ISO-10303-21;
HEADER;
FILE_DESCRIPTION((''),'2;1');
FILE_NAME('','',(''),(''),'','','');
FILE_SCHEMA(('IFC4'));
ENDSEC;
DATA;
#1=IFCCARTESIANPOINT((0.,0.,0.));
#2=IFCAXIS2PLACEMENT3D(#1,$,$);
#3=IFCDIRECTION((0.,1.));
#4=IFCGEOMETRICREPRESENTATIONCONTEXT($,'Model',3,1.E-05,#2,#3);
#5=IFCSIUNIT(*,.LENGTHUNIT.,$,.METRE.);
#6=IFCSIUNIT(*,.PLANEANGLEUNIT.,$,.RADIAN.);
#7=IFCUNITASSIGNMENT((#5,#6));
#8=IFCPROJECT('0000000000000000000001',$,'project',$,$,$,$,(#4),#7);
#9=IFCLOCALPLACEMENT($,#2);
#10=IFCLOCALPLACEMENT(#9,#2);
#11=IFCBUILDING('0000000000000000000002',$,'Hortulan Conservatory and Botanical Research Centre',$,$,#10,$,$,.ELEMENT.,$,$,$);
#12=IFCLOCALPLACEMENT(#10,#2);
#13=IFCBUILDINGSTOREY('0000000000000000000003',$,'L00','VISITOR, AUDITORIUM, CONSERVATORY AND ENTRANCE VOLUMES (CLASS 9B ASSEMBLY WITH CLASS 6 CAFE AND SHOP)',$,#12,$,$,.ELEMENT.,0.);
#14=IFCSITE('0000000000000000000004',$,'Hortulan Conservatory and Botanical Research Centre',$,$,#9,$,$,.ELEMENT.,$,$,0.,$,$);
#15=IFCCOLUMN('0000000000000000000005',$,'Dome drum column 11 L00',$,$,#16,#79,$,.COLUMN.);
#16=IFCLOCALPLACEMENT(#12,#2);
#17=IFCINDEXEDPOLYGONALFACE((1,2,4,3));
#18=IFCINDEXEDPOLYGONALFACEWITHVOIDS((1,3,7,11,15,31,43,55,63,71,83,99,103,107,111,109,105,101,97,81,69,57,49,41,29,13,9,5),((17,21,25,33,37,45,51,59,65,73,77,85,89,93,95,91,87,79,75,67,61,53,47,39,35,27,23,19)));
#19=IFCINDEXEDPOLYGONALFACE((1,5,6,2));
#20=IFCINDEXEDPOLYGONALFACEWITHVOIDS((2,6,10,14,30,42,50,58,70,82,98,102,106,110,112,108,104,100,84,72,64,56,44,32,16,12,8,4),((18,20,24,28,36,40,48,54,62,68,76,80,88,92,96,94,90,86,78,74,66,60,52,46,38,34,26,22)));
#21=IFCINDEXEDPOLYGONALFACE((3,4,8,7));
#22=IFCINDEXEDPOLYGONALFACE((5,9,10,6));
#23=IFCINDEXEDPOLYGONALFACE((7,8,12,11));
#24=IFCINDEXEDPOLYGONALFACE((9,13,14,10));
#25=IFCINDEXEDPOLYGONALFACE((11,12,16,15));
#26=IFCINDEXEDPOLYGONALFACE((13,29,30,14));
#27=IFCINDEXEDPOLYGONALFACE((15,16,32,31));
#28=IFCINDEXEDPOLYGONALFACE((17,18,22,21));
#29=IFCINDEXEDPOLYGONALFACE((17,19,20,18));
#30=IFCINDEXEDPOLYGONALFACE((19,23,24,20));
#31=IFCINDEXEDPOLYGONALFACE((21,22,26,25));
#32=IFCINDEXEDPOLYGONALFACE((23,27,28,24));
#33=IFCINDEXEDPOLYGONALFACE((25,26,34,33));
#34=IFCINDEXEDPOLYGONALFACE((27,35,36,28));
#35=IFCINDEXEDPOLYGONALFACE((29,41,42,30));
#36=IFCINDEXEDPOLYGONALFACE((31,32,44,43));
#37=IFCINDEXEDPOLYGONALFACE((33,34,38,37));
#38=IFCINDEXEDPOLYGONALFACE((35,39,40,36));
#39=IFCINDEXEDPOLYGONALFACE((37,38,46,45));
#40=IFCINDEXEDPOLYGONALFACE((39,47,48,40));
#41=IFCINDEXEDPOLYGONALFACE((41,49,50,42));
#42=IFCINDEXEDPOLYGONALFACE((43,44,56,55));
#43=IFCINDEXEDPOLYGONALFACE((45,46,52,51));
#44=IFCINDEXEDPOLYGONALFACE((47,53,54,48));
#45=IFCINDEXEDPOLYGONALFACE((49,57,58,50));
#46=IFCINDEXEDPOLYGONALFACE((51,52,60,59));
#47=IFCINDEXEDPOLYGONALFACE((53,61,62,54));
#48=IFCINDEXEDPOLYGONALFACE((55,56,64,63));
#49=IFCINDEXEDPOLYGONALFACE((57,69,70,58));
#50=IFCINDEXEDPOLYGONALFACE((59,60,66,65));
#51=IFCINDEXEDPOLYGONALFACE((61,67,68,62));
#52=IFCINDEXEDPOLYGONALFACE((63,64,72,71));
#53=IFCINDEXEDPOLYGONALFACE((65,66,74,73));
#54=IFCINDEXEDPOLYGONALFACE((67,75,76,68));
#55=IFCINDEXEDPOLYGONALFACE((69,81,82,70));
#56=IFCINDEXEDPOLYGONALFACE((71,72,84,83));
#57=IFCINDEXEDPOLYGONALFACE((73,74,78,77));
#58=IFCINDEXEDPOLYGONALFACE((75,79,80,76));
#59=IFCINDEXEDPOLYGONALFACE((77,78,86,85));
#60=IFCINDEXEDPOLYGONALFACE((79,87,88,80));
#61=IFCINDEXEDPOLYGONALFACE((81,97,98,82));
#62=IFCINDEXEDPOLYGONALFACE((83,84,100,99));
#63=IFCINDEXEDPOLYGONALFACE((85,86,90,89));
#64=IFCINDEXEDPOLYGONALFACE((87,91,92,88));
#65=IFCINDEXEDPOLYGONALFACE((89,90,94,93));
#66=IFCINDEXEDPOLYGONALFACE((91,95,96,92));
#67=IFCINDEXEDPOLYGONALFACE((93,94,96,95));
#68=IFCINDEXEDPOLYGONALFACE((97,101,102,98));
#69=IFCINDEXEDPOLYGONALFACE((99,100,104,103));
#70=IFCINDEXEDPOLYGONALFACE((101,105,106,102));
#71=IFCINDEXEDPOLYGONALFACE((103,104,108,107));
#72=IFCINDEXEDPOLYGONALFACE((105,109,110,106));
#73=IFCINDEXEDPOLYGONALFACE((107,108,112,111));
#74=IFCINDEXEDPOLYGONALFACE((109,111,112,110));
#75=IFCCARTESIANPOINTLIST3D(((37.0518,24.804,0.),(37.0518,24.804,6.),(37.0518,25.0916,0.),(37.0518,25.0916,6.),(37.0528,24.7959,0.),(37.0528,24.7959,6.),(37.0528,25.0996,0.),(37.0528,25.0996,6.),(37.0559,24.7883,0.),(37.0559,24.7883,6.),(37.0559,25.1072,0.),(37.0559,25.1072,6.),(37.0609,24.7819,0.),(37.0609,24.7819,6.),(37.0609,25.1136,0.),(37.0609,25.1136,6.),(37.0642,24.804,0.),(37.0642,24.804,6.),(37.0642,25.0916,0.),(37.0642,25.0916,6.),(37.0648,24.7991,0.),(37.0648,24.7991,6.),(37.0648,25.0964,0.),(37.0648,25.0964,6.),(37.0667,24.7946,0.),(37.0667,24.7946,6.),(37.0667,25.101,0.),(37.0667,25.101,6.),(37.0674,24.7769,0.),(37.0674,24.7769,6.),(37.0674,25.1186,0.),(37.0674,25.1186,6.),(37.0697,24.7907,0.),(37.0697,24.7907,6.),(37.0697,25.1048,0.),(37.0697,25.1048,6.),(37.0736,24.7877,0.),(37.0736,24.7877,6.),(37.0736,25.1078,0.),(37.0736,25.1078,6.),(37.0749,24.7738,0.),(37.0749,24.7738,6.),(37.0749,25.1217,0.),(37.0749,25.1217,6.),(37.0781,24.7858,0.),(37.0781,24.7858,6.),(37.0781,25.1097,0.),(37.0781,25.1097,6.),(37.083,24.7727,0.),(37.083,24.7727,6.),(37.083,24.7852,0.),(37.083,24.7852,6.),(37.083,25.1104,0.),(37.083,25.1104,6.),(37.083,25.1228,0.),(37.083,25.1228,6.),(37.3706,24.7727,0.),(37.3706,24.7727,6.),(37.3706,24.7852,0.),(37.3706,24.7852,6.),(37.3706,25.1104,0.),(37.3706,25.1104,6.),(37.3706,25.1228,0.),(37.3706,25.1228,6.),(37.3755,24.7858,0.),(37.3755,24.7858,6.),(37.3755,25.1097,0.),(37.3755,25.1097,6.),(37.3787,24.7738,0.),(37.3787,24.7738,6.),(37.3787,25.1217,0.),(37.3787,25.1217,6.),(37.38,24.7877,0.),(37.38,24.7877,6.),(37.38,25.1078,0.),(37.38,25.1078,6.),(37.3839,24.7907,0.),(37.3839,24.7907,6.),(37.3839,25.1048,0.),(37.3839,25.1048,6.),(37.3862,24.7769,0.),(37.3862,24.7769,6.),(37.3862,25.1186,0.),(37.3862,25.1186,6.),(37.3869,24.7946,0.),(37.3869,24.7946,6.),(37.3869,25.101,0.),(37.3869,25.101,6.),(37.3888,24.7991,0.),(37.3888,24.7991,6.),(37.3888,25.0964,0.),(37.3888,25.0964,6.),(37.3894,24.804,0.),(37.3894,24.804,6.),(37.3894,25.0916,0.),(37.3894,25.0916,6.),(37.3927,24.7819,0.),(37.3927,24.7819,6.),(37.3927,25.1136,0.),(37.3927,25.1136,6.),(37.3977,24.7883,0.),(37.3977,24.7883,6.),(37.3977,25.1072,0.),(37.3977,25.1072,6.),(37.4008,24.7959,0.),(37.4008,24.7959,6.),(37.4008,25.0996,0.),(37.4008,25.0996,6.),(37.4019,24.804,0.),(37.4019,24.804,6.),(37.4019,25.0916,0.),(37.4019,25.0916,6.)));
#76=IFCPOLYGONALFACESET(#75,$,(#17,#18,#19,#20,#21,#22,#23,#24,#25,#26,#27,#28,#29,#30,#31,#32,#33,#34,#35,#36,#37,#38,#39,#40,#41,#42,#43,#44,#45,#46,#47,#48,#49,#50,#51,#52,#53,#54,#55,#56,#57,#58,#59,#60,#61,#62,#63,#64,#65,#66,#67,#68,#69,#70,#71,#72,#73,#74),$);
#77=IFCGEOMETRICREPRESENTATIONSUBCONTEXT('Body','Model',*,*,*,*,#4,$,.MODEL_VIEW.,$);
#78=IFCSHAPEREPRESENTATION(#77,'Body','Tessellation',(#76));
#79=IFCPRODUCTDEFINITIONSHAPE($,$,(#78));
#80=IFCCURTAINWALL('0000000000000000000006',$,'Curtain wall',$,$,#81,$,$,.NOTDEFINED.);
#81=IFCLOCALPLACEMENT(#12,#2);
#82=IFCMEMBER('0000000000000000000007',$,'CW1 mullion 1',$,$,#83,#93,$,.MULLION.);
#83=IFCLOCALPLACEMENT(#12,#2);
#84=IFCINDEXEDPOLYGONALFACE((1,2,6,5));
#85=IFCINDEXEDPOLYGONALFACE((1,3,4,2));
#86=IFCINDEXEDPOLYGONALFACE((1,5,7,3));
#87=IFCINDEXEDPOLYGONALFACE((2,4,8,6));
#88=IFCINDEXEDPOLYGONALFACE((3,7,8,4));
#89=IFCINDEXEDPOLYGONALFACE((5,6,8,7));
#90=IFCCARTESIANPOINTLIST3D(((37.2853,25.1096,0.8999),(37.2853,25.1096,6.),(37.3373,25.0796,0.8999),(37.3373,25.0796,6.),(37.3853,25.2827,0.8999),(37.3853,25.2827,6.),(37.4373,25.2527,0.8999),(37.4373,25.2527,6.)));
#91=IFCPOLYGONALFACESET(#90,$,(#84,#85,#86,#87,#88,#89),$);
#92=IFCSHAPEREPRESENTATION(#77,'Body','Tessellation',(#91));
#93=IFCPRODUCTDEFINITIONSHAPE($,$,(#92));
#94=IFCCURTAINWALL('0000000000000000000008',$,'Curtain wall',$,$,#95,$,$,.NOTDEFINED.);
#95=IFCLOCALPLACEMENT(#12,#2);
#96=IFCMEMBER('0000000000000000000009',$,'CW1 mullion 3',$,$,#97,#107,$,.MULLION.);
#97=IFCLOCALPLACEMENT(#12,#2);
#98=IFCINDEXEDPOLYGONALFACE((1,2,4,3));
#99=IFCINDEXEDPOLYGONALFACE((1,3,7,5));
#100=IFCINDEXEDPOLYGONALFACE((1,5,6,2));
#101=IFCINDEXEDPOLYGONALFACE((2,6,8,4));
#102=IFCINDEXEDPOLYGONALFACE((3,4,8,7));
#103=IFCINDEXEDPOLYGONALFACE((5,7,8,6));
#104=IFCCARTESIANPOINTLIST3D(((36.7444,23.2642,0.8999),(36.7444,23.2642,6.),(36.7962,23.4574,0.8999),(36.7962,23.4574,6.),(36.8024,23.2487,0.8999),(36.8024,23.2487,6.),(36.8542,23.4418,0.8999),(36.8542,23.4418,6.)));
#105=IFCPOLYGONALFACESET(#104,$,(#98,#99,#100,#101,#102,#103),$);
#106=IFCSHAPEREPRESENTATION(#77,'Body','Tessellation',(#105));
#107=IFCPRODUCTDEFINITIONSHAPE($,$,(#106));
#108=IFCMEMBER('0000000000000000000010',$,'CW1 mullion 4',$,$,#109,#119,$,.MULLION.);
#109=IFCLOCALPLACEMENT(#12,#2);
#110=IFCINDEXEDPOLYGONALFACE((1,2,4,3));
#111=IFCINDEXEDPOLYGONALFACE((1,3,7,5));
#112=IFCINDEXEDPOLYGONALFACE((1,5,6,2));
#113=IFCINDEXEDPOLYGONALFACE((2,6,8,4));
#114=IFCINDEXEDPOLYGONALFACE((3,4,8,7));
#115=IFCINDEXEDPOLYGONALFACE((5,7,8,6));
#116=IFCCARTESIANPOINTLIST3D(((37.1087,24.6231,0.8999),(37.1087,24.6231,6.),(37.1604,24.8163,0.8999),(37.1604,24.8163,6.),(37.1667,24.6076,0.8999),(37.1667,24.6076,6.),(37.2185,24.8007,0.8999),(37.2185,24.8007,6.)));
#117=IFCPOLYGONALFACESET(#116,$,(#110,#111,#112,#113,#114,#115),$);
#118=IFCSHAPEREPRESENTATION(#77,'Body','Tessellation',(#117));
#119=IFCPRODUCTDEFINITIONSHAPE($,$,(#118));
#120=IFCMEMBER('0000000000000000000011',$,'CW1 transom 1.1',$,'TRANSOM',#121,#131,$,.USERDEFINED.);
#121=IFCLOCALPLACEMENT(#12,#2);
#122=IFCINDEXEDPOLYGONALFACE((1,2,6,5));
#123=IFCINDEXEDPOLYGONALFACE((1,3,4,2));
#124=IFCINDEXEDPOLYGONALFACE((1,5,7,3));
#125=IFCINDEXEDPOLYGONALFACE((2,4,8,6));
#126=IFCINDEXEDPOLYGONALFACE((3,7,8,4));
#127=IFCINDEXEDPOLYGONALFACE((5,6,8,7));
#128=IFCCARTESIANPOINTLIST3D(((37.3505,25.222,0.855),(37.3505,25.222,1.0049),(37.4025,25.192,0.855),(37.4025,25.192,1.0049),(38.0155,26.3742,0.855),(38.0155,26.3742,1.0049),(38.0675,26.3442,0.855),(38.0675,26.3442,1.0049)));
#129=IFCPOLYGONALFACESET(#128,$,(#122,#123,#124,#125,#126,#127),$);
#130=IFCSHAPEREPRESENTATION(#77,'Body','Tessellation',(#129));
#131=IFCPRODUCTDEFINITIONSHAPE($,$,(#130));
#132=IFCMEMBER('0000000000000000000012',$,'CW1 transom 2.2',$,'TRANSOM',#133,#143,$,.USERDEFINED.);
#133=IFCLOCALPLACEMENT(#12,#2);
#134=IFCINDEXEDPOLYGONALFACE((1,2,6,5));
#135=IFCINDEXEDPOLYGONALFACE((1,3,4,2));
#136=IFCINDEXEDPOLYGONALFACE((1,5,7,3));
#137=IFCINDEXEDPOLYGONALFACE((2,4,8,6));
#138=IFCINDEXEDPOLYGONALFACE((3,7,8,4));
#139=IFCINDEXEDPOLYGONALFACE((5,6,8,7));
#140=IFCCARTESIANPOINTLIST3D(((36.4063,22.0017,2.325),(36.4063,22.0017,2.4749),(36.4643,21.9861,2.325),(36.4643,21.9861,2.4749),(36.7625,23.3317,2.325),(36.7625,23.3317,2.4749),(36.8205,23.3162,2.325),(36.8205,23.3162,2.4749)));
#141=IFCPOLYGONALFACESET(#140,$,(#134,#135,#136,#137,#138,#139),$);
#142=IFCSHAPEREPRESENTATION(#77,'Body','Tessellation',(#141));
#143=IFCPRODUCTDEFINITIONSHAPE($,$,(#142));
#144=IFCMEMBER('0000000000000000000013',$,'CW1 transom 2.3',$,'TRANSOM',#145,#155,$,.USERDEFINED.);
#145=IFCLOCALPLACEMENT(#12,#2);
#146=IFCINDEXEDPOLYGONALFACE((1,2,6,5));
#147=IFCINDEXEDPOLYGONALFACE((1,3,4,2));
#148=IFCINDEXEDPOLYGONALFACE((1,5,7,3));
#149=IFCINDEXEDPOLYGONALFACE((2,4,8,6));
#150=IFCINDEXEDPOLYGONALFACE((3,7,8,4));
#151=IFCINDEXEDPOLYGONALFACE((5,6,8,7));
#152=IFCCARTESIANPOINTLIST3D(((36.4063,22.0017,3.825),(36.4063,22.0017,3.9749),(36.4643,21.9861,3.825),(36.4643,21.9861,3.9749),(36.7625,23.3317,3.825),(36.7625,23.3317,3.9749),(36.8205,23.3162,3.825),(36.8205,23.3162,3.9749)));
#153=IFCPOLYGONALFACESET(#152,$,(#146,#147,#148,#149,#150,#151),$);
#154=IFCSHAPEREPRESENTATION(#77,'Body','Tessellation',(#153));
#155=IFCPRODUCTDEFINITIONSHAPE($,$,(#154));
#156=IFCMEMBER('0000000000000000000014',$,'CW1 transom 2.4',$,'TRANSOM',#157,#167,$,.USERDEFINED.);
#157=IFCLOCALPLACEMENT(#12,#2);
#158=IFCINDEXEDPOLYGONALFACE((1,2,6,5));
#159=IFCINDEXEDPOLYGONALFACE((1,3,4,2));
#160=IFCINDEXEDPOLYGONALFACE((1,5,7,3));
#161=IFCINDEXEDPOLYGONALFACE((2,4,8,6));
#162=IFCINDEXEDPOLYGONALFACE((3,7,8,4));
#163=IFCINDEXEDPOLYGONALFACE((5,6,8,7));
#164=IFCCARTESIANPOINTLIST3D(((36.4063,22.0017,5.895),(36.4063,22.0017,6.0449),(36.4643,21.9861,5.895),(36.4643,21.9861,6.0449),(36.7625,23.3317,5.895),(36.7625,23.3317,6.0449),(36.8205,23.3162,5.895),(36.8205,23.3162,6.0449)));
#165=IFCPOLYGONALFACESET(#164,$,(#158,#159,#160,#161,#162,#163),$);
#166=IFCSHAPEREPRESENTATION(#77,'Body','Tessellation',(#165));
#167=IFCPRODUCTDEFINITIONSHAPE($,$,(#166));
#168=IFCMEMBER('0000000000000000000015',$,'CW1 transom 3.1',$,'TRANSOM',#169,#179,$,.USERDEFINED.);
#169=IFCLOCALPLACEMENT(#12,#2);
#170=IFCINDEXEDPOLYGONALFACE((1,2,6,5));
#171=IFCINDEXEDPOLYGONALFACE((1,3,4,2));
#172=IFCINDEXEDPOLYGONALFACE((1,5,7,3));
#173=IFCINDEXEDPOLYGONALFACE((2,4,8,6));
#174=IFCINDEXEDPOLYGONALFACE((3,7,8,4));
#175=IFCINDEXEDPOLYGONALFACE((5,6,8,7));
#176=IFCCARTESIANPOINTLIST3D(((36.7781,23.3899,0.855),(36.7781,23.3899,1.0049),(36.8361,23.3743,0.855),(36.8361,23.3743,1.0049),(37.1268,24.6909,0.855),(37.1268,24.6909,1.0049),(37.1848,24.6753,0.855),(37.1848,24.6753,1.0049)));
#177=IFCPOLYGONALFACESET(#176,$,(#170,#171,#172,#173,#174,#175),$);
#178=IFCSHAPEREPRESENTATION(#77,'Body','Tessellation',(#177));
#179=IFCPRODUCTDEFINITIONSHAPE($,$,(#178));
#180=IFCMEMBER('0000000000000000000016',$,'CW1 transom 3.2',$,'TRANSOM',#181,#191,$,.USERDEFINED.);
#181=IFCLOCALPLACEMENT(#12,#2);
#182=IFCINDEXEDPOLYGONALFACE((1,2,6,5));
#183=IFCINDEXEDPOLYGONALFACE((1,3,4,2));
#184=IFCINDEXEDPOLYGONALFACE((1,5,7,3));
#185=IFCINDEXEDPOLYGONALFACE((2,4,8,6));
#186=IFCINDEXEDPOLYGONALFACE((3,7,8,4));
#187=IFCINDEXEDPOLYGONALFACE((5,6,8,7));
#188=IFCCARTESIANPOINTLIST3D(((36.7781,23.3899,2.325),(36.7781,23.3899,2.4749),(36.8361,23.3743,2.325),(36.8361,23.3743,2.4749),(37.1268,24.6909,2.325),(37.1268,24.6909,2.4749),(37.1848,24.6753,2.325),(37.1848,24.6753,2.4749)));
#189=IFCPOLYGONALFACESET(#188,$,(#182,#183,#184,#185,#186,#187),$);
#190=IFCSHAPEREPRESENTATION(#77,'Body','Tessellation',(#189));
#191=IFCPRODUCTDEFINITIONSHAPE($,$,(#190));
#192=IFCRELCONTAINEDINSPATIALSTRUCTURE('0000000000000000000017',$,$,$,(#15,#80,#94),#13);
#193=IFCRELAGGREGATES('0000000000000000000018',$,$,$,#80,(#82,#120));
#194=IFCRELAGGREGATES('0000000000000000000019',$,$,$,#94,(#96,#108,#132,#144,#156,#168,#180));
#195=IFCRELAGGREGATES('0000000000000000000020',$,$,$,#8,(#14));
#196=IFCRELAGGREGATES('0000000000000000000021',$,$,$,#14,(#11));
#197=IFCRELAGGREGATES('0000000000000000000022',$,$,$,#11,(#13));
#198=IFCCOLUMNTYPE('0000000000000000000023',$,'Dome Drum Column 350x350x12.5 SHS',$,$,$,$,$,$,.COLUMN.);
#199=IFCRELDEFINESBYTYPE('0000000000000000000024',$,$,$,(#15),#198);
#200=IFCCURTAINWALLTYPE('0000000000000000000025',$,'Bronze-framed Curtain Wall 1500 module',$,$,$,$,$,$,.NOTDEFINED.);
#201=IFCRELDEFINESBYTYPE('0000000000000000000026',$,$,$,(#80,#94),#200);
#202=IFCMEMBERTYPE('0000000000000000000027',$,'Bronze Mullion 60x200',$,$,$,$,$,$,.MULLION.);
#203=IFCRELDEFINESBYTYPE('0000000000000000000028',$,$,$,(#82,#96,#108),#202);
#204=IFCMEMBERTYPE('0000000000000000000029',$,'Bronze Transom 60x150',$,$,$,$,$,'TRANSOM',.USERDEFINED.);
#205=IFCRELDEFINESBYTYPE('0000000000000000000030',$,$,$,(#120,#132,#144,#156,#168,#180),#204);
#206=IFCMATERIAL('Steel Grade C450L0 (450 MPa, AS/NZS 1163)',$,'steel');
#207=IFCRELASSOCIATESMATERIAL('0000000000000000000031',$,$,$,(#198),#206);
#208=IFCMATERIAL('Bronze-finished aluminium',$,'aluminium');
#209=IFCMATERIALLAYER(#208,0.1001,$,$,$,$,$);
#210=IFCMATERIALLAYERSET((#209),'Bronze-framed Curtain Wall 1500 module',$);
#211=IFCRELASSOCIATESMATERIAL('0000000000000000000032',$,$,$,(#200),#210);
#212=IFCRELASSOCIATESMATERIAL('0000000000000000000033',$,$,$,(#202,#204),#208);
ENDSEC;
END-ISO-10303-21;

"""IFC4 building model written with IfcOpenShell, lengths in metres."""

from ifc_helpers import new_model, si_unit, direction, frame, origin, origin_2d, place, context, subcontext, project, spatial, rectangle, hollow_rectangle, extrude, material, layer, layer_set, material_profile, profile_set, type_object, element, aggregate, save


model = new_model("IFC4")

# Units and contexts
model_context = context("Model", 3, precision=1e-05, world=origin(), true_north=direction((0.0, 1.0)))
body_context = subcontext(model_context, "Body", "Model", "MODEL_VIEW")
ifc_project = project(units=[si_unit("LENGTHUNIT", "METRE"), si_unit("PLANEANGLEUNIT", "RADIAN")], contexts=[model_context])

# Site, building, storey
site_placement = place(None, origin())
site = spatial("IfcSite", under=ifc_project, at=site_placement, Name="Hortulan Conservatory and Botanical Research Centre", CompositionType="ELEMENT", RefElevation=0.0)
building_placement = place(site_placement, origin())
building = spatial("IfcBuilding", under=site, at=building_placement, Name="Hortulan Conservatory and Botanical Research Centre", CompositionType="ELEMENT")
storey_placement = place(building_placement, origin())
storey = spatial("IfcBuildingStorey", under=building, at=storey_placement, Name="L00", Description="VISITOR, AUDITORIUM, CONSERVATORY AND ENTRANCE VOLUMES (CLASS 9B ASSEMBLY WITH CLASS 6 CAFE AND SHOP)", CompositionType="ELEMENT", Elevation=0.0)

# Column
ifc_material_1 = material(Name="Steel Grade C450L0 (450 MPa, AS/NZS 1163)", Category="steel")
ifc_material_profile_1 = material_profile(ifc_material_1, hollow_rectangle(XDim=0.3501, YDim=0.3501, WallThickness=0.0125, InnerFilletRadius=0.0188, OuterFilletRadius=0.0312, at=origin_2d()), Name="350x350x12.5SHS")
ifc_profile_set_1 = profile_set([ifc_material_profile_1], Name="Steel Grade C450L0 (450 MPa, AS/NZS 1163)")
column_type = type_object("IfcColumnType", Name="Dome Drum Column 350x350x12.5 SHS", PredefinedType="COLUMN", material=ifc_profile_set_1)
column_placement = place(storey_placement, frame((37.2268, 24.9478, 0.0), z_axis=(0.0, 0.0, 1.0), x_axis=(1.0, 0.0, 0.0)))
element("IfcColumn", 1, at=column_placement, inside=storey, type_object=column_type, Name="Dome drum column 11 L00", PredefinedType="COLUMN", context=body_context, shape_type="SweptSolid", body=[
    extrude(hollow_rectangle(XDim=0.3501, YDim=0.3501, WallThickness=0.0125, InnerFilletRadius=0.0188, OuterFilletRadius=0.0312, at=origin_2d()), origin(), (0.0, 0.0, 1.0), 6.0),
])

# Curtain wall, member
ifc_material_2 = material(Name="Bronze-finished aluminium", Category="aluminium")
ifc_layer_1 = layer(ifc_material_2, 0.1001)
ifc_layer_set_1 = layer_set([ifc_layer_1], Name="Bronze-framed Curtain Wall 1500 module")
curtain_wall_type = type_object("IfcCurtainWallType", Name="Bronze-framed Curtain Wall 1500 module", PredefinedType="NOTDEFINED", material=ifc_layer_set_1)
curtain_wall_1_placement = place(storey_placement, origin())
curtain_wall_1 = element("IfcCurtainWall", 2, at=curtain_wall_1_placement, inside=storey, type_object=curtain_wall_type, Name="Curtain wall", PredefinedType="NOTDEFINED")
ifc_material_profile_2 = material_profile(ifc_material_2, rectangle(XDim=0.0601, YDim=0.2, at=origin_2d()), Name="Bronze Mullion 60x200")
ifc_profile_set_2 = profile_set([ifc_material_profile_2], Name="Bronze-finished aluminium")
member_type_1 = type_object("IfcMemberType", Name="Bronze Mullion 60x200", PredefinedType="MULLION", material=ifc_profile_set_2)
member_1_placement = place(storey_placement, frame((37.3613, 25.1812, 0.8999), z_axis=(0.0, 0.0, 1.0), x_axis=(-0.866036, 0.499981, 0.0)))
member_1 = element("IfcMember", 3, at=member_1_placement, type_object=member_type_1, Name="CW1 mullion 1", PredefinedType="MULLION", context=body_context, shape_type="SweptSolid", body=[
    extrude(rectangle(XDim=0.0601, YDim=0.2, at=origin_2d()), origin(), (0.0, 0.0, 1.0), 5.1001),
])

# Curtain wall, members
curtain_wall_2_placement = place(storey_placement, origin())
curtain_wall_2 = element("IfcCurtainWall", 4, at=curtain_wall_2_placement, inside=storey, type_object=curtain_wall_type, Name="Curtain wall", PredefinedType="NOTDEFINED")
member_2_placement = place(storey_placement, frame((36.7993, 23.353, 0.8999), z_axis=(0.0, 0.0, 1.0), x_axis=(-0.965922, 0.258832, 0.0)))
member_2 = element("IfcMember", 5, at=member_2_placement, type_object=member_type_1, Name="CW1 mullion 3", PredefinedType="MULLION", context=body_context, shape_type="SweptSolid", body=[
    extrude(rectangle(XDim=0.0601, YDim=0.2, at=origin_2d()), origin(), (0.0, 0.0, 1.0), 5.1001),
])
member_3_placement = place(storey_placement, frame((37.1636, 24.7119, 0.8999), z_axis=(0.0, 0.0, 1.0), x_axis=(-0.965922, 0.258832, 0.0)))
member_3 = element("IfcMember", 6, at=member_3_placement, type_object=member_type_1, Name="CW1 mullion 4", PredefinedType="MULLION", context=body_context, shape_type="SweptSolid", body=[
    extrude(rectangle(XDim=0.0601, YDim=0.2, at=origin_2d()), origin(), (0.0, 0.0, 1.0), 5.1001),
])

# Members
ifc_material_profile_3 = material_profile(ifc_material_2, rectangle(XDim=0.0601, YDim=0.1499, at=origin_2d()), Name="Bronze Transom 60x150")
ifc_profile_set_3 = profile_set([ifc_material_profile_3], Name="Bronze-finished aluminium")
member_type_2 = type_object("IfcMemberType", Name="Bronze Transom 60x150", ElementType="TRANSOM", PredefinedType="USERDEFINED", material=ifc_profile_set_3)
member_4_placement = place(storey_placement, frame((37.3765, 25.207, 0.9299), z_axis=(0.499929, 0.866066, 0.0), x_axis=(-0.866066, 0.499929, 0.0)))
member_4 = element("IfcMember", 7, at=member_4_placement, type_object=member_type_2, Name="CW1 transom 1.1", ObjectType="TRANSOM", PredefinedType="USERDEFINED", context=body_context, shape_type="SweptSolid", body=[
    extrude(rectangle(XDim=0.0601, YDim=0.1499, at=origin_2d()), origin(), (0.0, 0.0, 1.0), 1.3303),
])
aggregate(curtain_wall_1, [member_1, member_4])
member_5_placement = place(storey_placement, frame((36.4353, 21.9939, 2.3999), z_axis=(0.258689, 0.965961, 0.0), x_axis=(-0.965961, 0.258689, 0.0)))
member_5 = element("IfcMember", 8, at=member_5_placement, type_object=member_type_2, Name="CW1 transom 2.2", ObjectType="TRANSOM", PredefinedType="USERDEFINED", context=body_context, shape_type="SweptSolid", body=[
    extrude(rectangle(XDim=0.0601, YDim=0.1499, at=origin_2d()), origin(), (0.0, 0.0, 1.0), 1.377),
])
member_6_placement = place(storey_placement, frame((36.4353, 21.9939, 3.8999), z_axis=(0.258689, 0.965961, 0.0), x_axis=(-0.965961, 0.258689, 0.0)))
member_6 = element("IfcMember", 9, at=member_6_placement, type_object=member_type_2, Name="CW1 transom 2.3", ObjectType="TRANSOM", PredefinedType="USERDEFINED", context=body_context, shape_type="SweptSolid", body=[
    extrude(rectangle(XDim=0.0601, YDim=0.1499, at=origin_2d()), origin(), (0.0, 0.0, 1.0), 1.377),
])
member_7_placement = place(storey_placement, frame((36.4353, 21.9939, 5.97), z_axis=(0.258689, 0.965961, 0.0), x_axis=(-0.965961, 0.258689, 0.0)))
member_7 = element("IfcMember", 10, at=member_7_placement, type_object=member_type_2, Name="CW1 transom 2.4", ObjectType="TRANSOM", PredefinedType="USERDEFINED", context=body_context, shape_type="SweptSolid", body=[
    extrude(rectangle(XDim=0.0601, YDim=0.1499, at=origin_2d()), origin(), (0.0, 0.0, 1.0), 1.377),
])
member_8_placement = place(storey_placement, frame((36.8071, 23.3821, 0.9299), z_axis=(0.258836, 0.965921, 0.0), x_axis=(-0.965921, 0.258836, 0.0)))
member_8 = element("IfcMember", 11, at=member_8_placement, type_object=member_type_2, Name="CW1 transom 3.1", ObjectType="TRANSOM", PredefinedType="USERDEFINED", context=body_context, shape_type="SweptSolid", body=[
    extrude(rectangle(XDim=0.0601, YDim=0.1499, at=origin_2d()), origin(), (0.0, 0.0, 1.0), 1.3469),
])
member_9_placement = place(storey_placement, frame((36.8071, 23.3821, 2.3999), z_axis=(0.258836, 0.965921, 0.0), x_axis=(-0.965921, 0.258836, 0.0)))
member_9 = element("IfcMember", 12, at=member_9_placement, type_object=member_type_2, Name="CW1 transom 3.2", ObjectType="TRANSOM", PredefinedType="USERDEFINED", context=body_context, shape_type="SweptSolid", body=[
    extrude(rectangle(XDim=0.0601, YDim=0.1499, at=origin_2d()), origin(), (0.0, 0.0, 1.0), 1.3469),
])

aggregate(curtain_wall_2, [member_2, member_3, member_5, member_6, member_7, member_8, member_9])

save(model, "model.ifc")
